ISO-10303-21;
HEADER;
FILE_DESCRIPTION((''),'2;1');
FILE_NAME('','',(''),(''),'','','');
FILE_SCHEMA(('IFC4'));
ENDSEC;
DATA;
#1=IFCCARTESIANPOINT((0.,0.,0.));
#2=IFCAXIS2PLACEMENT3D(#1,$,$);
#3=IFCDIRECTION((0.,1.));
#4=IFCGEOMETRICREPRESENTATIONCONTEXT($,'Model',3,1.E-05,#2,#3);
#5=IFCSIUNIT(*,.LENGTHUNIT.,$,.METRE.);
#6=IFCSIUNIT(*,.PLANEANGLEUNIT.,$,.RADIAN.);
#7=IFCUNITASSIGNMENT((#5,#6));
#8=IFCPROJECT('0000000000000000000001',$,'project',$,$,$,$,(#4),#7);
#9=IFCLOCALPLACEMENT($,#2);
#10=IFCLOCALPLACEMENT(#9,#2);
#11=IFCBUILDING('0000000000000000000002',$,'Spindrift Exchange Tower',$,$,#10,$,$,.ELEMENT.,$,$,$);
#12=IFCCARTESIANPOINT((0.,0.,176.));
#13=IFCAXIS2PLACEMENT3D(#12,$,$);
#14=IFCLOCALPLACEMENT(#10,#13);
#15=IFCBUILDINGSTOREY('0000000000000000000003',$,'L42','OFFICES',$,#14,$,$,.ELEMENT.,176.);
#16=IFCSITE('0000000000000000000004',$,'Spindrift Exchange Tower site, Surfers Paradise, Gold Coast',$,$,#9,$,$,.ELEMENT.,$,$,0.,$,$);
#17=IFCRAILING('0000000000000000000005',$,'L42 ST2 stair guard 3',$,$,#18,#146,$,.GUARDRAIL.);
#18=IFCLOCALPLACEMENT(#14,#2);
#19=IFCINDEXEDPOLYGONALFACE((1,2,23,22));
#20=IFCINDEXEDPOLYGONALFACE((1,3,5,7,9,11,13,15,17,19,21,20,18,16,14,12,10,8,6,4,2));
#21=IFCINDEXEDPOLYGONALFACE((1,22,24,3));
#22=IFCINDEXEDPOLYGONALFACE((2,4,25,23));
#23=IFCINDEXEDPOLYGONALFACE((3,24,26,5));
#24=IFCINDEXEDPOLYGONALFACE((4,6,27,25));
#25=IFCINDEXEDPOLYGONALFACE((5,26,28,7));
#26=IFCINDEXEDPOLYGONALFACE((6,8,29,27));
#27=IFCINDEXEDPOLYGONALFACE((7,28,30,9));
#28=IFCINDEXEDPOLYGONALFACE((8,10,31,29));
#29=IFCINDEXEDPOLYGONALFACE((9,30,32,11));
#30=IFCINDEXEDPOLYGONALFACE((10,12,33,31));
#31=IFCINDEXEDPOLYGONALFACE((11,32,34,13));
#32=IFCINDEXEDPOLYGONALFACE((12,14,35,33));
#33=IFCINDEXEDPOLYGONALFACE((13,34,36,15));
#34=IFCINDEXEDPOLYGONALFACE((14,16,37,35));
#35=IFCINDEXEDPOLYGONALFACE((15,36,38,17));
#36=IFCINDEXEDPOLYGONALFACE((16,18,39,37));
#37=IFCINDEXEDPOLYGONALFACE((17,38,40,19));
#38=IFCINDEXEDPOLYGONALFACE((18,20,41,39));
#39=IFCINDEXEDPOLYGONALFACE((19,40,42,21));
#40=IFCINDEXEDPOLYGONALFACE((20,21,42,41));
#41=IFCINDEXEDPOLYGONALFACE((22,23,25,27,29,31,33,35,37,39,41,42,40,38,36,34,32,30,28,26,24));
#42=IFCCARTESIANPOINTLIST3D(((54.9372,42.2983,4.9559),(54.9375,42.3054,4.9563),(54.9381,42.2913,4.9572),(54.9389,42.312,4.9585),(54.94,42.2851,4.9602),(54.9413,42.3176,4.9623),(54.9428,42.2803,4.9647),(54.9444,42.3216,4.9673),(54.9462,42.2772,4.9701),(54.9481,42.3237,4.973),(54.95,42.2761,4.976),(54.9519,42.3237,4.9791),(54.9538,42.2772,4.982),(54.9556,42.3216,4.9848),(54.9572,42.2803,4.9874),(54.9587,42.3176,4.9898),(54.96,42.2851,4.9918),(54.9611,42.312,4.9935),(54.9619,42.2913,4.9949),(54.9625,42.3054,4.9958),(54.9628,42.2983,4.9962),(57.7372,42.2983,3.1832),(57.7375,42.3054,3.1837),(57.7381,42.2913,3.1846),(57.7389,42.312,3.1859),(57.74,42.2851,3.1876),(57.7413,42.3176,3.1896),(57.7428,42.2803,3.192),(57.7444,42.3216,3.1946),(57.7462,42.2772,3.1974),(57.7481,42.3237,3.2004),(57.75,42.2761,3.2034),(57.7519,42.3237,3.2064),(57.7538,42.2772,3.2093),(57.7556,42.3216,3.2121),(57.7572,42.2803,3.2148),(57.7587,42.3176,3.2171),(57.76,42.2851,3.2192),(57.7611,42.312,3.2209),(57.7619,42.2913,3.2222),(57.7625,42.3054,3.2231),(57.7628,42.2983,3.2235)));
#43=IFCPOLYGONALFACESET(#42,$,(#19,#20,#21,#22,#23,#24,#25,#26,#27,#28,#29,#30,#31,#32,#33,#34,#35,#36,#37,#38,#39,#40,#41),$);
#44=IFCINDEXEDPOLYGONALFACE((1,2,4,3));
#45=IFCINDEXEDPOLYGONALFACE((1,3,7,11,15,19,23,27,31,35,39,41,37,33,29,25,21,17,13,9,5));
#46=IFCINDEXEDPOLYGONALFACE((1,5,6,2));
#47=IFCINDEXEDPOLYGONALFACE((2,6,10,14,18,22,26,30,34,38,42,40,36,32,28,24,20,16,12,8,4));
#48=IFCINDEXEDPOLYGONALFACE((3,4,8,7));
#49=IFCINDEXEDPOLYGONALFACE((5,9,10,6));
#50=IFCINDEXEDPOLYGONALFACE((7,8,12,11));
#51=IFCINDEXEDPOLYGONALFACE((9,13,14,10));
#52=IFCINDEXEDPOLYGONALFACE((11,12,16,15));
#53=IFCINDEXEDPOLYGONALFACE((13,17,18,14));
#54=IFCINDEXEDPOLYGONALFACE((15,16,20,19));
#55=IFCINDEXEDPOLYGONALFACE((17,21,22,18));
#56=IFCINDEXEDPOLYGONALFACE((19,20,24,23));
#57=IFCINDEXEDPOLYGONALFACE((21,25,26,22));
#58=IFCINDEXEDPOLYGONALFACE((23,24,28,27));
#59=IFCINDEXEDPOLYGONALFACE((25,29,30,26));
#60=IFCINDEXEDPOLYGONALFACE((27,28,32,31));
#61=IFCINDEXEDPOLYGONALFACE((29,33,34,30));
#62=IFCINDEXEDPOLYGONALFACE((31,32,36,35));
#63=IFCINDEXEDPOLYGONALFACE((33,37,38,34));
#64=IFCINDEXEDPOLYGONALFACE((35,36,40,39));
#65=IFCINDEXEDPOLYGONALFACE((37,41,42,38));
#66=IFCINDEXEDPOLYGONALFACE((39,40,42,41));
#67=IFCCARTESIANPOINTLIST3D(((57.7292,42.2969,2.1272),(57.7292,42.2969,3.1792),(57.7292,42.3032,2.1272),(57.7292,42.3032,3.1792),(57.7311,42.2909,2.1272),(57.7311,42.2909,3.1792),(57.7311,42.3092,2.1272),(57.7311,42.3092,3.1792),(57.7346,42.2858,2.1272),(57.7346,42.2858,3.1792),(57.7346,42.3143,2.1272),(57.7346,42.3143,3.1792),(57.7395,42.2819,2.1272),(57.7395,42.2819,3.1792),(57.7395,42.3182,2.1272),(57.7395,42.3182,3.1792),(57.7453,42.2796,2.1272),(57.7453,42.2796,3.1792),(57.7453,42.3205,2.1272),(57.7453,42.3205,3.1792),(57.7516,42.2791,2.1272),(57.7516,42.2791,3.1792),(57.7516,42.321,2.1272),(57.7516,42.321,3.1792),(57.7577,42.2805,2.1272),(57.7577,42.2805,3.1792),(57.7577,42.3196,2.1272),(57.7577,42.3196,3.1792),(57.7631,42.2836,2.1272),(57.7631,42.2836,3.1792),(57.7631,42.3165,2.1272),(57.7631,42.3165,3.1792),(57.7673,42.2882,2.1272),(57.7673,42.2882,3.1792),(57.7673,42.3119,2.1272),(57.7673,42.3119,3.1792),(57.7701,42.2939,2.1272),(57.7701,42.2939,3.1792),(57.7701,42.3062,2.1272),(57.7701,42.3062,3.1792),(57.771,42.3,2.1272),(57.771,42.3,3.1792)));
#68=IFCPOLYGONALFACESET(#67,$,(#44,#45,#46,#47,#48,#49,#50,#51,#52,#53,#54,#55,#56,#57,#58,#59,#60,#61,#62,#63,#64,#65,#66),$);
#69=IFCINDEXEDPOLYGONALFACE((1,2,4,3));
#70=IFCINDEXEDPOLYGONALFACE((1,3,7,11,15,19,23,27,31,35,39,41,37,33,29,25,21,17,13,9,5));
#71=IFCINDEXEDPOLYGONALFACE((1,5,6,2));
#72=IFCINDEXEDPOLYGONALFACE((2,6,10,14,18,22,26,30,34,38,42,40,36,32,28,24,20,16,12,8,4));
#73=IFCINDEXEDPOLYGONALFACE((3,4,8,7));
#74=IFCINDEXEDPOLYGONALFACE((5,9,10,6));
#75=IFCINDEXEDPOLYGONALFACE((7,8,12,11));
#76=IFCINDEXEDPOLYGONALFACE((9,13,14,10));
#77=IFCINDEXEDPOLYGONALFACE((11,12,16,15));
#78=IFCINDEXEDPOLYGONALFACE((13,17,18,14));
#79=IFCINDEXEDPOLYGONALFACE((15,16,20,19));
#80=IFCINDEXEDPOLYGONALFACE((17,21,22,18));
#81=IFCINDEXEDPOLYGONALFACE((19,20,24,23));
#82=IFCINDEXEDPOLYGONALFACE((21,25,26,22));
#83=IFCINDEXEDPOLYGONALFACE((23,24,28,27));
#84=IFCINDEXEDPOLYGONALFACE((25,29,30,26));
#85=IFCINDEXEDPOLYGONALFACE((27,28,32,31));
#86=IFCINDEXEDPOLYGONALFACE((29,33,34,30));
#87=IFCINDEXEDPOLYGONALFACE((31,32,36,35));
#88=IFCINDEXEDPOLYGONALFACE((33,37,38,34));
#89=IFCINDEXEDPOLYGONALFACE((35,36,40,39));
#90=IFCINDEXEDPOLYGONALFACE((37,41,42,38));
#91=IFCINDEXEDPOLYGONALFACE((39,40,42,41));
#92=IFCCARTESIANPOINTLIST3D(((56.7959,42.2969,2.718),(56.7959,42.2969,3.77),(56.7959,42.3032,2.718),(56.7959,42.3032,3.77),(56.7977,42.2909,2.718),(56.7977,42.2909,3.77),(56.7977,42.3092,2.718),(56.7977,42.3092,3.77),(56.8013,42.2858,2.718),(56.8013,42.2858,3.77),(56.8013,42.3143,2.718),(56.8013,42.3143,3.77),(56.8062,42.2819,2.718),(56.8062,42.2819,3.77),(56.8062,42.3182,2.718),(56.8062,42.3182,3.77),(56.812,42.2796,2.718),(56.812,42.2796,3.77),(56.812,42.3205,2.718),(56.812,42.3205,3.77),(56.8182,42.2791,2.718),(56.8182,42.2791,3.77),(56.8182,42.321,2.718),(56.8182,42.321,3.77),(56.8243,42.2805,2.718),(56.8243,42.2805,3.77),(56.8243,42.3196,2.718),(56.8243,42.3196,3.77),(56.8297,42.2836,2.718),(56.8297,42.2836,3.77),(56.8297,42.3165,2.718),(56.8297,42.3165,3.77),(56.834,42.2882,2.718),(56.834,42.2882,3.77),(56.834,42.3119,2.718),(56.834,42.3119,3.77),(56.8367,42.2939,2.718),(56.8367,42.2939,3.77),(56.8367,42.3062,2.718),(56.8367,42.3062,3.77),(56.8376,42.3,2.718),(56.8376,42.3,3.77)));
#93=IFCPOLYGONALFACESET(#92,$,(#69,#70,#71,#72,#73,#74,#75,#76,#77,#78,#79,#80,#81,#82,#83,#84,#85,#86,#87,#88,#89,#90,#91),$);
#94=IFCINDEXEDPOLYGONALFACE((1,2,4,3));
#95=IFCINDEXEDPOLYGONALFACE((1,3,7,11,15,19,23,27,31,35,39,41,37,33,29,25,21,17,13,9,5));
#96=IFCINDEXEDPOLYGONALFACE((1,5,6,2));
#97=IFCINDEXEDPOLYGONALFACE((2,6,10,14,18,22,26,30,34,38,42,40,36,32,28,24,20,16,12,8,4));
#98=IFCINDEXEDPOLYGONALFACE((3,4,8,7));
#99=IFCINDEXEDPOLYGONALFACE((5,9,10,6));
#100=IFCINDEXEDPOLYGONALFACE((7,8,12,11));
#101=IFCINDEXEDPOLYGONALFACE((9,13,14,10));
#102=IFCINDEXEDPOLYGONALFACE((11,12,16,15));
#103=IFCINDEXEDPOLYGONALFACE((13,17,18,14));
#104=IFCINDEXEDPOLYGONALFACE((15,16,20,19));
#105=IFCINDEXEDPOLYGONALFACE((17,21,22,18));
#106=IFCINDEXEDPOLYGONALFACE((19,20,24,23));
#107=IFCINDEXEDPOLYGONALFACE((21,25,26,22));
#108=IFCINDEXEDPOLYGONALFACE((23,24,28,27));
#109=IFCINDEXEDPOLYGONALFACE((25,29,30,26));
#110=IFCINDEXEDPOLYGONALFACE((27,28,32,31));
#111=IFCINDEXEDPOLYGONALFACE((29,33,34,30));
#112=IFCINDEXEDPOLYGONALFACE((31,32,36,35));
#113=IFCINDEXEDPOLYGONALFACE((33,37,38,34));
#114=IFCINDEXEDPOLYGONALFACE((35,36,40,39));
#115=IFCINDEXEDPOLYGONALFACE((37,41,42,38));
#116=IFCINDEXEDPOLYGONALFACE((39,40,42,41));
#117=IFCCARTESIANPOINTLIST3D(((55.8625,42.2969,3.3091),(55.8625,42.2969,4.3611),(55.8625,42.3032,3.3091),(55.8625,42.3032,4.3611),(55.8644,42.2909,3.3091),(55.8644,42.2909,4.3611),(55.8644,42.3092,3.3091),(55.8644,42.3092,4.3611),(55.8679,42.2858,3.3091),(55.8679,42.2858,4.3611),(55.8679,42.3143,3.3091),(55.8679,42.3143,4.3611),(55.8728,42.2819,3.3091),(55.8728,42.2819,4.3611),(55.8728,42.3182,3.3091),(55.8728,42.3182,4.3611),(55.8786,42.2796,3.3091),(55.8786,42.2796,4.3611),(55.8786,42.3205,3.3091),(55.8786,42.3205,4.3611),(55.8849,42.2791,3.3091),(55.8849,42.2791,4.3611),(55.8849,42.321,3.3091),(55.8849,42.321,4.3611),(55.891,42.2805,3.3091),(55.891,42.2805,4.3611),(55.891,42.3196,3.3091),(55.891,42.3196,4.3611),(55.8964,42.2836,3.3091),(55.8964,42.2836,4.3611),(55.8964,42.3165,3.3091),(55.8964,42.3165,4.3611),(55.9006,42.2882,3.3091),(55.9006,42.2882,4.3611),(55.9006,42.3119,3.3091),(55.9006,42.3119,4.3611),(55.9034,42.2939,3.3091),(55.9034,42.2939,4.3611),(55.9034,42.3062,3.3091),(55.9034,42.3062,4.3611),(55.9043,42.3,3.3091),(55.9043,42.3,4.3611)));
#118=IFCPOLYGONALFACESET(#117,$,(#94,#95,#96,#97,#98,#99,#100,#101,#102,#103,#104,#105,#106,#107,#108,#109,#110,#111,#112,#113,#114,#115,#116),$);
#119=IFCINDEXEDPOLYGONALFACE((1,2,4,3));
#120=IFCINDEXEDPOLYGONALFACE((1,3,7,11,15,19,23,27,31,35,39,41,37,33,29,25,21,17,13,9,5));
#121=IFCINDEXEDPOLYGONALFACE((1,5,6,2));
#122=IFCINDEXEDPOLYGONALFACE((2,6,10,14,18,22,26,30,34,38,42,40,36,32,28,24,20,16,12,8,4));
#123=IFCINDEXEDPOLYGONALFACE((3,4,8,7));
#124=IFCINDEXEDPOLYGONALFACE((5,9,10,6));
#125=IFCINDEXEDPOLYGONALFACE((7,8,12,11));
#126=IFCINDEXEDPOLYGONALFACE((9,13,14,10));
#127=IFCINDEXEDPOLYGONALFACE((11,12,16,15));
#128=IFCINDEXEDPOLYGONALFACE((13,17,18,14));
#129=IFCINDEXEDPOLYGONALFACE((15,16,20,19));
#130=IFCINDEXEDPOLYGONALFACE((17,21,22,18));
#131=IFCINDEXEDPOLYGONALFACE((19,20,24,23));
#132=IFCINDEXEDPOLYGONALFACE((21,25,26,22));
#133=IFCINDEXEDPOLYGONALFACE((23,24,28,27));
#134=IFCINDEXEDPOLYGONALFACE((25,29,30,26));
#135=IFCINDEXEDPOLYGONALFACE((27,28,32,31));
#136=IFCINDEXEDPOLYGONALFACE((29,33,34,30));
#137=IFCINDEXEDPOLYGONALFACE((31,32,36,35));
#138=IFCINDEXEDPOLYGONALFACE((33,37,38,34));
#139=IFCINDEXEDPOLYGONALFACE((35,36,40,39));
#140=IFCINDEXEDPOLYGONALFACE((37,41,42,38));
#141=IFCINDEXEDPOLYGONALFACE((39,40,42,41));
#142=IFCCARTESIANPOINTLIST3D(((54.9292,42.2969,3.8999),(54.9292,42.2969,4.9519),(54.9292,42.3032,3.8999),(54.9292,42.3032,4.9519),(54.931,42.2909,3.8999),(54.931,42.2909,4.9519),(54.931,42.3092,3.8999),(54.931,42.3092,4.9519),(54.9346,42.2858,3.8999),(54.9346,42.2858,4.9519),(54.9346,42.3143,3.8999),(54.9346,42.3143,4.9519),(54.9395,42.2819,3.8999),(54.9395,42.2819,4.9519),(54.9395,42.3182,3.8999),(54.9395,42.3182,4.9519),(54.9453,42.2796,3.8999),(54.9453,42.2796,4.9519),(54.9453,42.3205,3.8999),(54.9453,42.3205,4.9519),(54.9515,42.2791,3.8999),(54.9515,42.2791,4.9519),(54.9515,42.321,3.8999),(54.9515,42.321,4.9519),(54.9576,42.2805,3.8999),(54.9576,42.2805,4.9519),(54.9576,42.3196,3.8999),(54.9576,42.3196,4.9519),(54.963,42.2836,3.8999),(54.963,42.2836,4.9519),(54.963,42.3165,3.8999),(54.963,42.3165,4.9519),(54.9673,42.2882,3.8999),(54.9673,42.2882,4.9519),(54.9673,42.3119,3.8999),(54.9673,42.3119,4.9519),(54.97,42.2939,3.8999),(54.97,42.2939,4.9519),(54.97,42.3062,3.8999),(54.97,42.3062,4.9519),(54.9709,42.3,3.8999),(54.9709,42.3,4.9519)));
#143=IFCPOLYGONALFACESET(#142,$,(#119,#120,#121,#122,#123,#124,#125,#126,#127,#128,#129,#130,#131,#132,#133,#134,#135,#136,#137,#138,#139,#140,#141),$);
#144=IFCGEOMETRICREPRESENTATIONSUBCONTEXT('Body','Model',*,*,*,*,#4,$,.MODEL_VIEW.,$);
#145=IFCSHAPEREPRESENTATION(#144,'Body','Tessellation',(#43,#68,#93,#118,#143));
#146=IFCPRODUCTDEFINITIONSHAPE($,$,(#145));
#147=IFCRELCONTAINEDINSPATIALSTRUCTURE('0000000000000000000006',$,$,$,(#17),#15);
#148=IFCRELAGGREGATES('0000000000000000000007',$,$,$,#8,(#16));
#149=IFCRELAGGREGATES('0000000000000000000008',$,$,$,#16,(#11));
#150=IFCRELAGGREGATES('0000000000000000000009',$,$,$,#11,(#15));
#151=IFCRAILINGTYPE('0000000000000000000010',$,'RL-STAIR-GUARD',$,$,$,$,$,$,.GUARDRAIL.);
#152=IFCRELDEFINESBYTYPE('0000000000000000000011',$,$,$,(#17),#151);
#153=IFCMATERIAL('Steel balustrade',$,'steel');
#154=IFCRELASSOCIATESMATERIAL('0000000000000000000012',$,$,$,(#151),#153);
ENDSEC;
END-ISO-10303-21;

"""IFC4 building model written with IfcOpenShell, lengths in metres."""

from ifc_helpers import new_model, si_unit, direction, frame, origin, origin_2d, place, context, subcontext, project, spatial, circle, extrude, material, type_object, element, save


model = new_model("IFC4")

# Units and contexts
model_context = context("Model", 3, precision=1e-05, world=origin(), true_north=direction((0.0, 1.0)))
body_context = subcontext(model_context, "Body", "Model", "MODEL_VIEW")
ifc_project = project(units=[si_unit("LENGTHUNIT", "METRE"), si_unit("PLANEANGLEUNIT", "RADIAN")], contexts=[model_context])

# Site, building, storey
site_placement = place(None, origin())
site = spatial("IfcSite", under=ifc_project, at=site_placement, Name="Spindrift Exchange Tower site, Surfers Paradise, Gold Coast", CompositionType="ELEMENT", RefElevation=0.0)
building_placement = place(site_placement, origin())
building = spatial("IfcBuilding", under=site, at=building_placement, Name="Spindrift Exchange Tower", CompositionType="ELEMENT")
storey_placement = place(building_placement, frame((0.0, 0.0, 176.0)))
storey = spatial("IfcBuildingStorey", under=building, at=storey_placement, Name="L42", Description="OFFICES", CompositionType="ELEMENT", Elevation=176.0)

# Railing
ifc_material_1 = material(Name="Steel balustrade", Category="steel")
railing_type_1 = type_object("IfcRailingType", Name="RL-STAIR-GUARD", PredefinedType="GUARDRAIL", material=ifc_material_1)
railing_1_placement = place(storey_placement, frame((57.75, 42.3, 2.1272)))
element("IfcRailing", 1, at=railing_1_placement, inside=storey, type_object=railing_type_1, Name="L42 ST2 stair guard 3", PredefinedType="GUARDRAIL", context=body_context, shape_type="SweptSolid", body=[
    extrude(circle(Radius=0.0239, at=origin_2d()), frame((0.0, 0.0, 1.0762), z_axis=(-0.844909, 0.0, 0.53491), x_axis=(0.0, -1.0, 0.0)), (0.0, 0.0, 1.0), 3.314),
    extrude(circle(Radius=0.021, at=origin_2d()), origin(), (0.0, 0.0, 1.0), 1.052),
    extrude(circle(Radius=0.021, at=origin_2d()), frame((-0.9333, 0.0, 0.5908)), (0.0, 0.0, 1.0), 1.052),
    extrude(circle(Radius=0.021, at=origin_2d()), frame((-1.8667, 0.0, 1.1819)), (0.0, 0.0, 1.0), 1.052),
    extrude(circle(Radius=0.021, at=origin_2d()), frame((-2.8, 0.0, 1.7727)), (0.0, 0.0, 1.0), 1.052),
])

save(model, "model.ifc")
